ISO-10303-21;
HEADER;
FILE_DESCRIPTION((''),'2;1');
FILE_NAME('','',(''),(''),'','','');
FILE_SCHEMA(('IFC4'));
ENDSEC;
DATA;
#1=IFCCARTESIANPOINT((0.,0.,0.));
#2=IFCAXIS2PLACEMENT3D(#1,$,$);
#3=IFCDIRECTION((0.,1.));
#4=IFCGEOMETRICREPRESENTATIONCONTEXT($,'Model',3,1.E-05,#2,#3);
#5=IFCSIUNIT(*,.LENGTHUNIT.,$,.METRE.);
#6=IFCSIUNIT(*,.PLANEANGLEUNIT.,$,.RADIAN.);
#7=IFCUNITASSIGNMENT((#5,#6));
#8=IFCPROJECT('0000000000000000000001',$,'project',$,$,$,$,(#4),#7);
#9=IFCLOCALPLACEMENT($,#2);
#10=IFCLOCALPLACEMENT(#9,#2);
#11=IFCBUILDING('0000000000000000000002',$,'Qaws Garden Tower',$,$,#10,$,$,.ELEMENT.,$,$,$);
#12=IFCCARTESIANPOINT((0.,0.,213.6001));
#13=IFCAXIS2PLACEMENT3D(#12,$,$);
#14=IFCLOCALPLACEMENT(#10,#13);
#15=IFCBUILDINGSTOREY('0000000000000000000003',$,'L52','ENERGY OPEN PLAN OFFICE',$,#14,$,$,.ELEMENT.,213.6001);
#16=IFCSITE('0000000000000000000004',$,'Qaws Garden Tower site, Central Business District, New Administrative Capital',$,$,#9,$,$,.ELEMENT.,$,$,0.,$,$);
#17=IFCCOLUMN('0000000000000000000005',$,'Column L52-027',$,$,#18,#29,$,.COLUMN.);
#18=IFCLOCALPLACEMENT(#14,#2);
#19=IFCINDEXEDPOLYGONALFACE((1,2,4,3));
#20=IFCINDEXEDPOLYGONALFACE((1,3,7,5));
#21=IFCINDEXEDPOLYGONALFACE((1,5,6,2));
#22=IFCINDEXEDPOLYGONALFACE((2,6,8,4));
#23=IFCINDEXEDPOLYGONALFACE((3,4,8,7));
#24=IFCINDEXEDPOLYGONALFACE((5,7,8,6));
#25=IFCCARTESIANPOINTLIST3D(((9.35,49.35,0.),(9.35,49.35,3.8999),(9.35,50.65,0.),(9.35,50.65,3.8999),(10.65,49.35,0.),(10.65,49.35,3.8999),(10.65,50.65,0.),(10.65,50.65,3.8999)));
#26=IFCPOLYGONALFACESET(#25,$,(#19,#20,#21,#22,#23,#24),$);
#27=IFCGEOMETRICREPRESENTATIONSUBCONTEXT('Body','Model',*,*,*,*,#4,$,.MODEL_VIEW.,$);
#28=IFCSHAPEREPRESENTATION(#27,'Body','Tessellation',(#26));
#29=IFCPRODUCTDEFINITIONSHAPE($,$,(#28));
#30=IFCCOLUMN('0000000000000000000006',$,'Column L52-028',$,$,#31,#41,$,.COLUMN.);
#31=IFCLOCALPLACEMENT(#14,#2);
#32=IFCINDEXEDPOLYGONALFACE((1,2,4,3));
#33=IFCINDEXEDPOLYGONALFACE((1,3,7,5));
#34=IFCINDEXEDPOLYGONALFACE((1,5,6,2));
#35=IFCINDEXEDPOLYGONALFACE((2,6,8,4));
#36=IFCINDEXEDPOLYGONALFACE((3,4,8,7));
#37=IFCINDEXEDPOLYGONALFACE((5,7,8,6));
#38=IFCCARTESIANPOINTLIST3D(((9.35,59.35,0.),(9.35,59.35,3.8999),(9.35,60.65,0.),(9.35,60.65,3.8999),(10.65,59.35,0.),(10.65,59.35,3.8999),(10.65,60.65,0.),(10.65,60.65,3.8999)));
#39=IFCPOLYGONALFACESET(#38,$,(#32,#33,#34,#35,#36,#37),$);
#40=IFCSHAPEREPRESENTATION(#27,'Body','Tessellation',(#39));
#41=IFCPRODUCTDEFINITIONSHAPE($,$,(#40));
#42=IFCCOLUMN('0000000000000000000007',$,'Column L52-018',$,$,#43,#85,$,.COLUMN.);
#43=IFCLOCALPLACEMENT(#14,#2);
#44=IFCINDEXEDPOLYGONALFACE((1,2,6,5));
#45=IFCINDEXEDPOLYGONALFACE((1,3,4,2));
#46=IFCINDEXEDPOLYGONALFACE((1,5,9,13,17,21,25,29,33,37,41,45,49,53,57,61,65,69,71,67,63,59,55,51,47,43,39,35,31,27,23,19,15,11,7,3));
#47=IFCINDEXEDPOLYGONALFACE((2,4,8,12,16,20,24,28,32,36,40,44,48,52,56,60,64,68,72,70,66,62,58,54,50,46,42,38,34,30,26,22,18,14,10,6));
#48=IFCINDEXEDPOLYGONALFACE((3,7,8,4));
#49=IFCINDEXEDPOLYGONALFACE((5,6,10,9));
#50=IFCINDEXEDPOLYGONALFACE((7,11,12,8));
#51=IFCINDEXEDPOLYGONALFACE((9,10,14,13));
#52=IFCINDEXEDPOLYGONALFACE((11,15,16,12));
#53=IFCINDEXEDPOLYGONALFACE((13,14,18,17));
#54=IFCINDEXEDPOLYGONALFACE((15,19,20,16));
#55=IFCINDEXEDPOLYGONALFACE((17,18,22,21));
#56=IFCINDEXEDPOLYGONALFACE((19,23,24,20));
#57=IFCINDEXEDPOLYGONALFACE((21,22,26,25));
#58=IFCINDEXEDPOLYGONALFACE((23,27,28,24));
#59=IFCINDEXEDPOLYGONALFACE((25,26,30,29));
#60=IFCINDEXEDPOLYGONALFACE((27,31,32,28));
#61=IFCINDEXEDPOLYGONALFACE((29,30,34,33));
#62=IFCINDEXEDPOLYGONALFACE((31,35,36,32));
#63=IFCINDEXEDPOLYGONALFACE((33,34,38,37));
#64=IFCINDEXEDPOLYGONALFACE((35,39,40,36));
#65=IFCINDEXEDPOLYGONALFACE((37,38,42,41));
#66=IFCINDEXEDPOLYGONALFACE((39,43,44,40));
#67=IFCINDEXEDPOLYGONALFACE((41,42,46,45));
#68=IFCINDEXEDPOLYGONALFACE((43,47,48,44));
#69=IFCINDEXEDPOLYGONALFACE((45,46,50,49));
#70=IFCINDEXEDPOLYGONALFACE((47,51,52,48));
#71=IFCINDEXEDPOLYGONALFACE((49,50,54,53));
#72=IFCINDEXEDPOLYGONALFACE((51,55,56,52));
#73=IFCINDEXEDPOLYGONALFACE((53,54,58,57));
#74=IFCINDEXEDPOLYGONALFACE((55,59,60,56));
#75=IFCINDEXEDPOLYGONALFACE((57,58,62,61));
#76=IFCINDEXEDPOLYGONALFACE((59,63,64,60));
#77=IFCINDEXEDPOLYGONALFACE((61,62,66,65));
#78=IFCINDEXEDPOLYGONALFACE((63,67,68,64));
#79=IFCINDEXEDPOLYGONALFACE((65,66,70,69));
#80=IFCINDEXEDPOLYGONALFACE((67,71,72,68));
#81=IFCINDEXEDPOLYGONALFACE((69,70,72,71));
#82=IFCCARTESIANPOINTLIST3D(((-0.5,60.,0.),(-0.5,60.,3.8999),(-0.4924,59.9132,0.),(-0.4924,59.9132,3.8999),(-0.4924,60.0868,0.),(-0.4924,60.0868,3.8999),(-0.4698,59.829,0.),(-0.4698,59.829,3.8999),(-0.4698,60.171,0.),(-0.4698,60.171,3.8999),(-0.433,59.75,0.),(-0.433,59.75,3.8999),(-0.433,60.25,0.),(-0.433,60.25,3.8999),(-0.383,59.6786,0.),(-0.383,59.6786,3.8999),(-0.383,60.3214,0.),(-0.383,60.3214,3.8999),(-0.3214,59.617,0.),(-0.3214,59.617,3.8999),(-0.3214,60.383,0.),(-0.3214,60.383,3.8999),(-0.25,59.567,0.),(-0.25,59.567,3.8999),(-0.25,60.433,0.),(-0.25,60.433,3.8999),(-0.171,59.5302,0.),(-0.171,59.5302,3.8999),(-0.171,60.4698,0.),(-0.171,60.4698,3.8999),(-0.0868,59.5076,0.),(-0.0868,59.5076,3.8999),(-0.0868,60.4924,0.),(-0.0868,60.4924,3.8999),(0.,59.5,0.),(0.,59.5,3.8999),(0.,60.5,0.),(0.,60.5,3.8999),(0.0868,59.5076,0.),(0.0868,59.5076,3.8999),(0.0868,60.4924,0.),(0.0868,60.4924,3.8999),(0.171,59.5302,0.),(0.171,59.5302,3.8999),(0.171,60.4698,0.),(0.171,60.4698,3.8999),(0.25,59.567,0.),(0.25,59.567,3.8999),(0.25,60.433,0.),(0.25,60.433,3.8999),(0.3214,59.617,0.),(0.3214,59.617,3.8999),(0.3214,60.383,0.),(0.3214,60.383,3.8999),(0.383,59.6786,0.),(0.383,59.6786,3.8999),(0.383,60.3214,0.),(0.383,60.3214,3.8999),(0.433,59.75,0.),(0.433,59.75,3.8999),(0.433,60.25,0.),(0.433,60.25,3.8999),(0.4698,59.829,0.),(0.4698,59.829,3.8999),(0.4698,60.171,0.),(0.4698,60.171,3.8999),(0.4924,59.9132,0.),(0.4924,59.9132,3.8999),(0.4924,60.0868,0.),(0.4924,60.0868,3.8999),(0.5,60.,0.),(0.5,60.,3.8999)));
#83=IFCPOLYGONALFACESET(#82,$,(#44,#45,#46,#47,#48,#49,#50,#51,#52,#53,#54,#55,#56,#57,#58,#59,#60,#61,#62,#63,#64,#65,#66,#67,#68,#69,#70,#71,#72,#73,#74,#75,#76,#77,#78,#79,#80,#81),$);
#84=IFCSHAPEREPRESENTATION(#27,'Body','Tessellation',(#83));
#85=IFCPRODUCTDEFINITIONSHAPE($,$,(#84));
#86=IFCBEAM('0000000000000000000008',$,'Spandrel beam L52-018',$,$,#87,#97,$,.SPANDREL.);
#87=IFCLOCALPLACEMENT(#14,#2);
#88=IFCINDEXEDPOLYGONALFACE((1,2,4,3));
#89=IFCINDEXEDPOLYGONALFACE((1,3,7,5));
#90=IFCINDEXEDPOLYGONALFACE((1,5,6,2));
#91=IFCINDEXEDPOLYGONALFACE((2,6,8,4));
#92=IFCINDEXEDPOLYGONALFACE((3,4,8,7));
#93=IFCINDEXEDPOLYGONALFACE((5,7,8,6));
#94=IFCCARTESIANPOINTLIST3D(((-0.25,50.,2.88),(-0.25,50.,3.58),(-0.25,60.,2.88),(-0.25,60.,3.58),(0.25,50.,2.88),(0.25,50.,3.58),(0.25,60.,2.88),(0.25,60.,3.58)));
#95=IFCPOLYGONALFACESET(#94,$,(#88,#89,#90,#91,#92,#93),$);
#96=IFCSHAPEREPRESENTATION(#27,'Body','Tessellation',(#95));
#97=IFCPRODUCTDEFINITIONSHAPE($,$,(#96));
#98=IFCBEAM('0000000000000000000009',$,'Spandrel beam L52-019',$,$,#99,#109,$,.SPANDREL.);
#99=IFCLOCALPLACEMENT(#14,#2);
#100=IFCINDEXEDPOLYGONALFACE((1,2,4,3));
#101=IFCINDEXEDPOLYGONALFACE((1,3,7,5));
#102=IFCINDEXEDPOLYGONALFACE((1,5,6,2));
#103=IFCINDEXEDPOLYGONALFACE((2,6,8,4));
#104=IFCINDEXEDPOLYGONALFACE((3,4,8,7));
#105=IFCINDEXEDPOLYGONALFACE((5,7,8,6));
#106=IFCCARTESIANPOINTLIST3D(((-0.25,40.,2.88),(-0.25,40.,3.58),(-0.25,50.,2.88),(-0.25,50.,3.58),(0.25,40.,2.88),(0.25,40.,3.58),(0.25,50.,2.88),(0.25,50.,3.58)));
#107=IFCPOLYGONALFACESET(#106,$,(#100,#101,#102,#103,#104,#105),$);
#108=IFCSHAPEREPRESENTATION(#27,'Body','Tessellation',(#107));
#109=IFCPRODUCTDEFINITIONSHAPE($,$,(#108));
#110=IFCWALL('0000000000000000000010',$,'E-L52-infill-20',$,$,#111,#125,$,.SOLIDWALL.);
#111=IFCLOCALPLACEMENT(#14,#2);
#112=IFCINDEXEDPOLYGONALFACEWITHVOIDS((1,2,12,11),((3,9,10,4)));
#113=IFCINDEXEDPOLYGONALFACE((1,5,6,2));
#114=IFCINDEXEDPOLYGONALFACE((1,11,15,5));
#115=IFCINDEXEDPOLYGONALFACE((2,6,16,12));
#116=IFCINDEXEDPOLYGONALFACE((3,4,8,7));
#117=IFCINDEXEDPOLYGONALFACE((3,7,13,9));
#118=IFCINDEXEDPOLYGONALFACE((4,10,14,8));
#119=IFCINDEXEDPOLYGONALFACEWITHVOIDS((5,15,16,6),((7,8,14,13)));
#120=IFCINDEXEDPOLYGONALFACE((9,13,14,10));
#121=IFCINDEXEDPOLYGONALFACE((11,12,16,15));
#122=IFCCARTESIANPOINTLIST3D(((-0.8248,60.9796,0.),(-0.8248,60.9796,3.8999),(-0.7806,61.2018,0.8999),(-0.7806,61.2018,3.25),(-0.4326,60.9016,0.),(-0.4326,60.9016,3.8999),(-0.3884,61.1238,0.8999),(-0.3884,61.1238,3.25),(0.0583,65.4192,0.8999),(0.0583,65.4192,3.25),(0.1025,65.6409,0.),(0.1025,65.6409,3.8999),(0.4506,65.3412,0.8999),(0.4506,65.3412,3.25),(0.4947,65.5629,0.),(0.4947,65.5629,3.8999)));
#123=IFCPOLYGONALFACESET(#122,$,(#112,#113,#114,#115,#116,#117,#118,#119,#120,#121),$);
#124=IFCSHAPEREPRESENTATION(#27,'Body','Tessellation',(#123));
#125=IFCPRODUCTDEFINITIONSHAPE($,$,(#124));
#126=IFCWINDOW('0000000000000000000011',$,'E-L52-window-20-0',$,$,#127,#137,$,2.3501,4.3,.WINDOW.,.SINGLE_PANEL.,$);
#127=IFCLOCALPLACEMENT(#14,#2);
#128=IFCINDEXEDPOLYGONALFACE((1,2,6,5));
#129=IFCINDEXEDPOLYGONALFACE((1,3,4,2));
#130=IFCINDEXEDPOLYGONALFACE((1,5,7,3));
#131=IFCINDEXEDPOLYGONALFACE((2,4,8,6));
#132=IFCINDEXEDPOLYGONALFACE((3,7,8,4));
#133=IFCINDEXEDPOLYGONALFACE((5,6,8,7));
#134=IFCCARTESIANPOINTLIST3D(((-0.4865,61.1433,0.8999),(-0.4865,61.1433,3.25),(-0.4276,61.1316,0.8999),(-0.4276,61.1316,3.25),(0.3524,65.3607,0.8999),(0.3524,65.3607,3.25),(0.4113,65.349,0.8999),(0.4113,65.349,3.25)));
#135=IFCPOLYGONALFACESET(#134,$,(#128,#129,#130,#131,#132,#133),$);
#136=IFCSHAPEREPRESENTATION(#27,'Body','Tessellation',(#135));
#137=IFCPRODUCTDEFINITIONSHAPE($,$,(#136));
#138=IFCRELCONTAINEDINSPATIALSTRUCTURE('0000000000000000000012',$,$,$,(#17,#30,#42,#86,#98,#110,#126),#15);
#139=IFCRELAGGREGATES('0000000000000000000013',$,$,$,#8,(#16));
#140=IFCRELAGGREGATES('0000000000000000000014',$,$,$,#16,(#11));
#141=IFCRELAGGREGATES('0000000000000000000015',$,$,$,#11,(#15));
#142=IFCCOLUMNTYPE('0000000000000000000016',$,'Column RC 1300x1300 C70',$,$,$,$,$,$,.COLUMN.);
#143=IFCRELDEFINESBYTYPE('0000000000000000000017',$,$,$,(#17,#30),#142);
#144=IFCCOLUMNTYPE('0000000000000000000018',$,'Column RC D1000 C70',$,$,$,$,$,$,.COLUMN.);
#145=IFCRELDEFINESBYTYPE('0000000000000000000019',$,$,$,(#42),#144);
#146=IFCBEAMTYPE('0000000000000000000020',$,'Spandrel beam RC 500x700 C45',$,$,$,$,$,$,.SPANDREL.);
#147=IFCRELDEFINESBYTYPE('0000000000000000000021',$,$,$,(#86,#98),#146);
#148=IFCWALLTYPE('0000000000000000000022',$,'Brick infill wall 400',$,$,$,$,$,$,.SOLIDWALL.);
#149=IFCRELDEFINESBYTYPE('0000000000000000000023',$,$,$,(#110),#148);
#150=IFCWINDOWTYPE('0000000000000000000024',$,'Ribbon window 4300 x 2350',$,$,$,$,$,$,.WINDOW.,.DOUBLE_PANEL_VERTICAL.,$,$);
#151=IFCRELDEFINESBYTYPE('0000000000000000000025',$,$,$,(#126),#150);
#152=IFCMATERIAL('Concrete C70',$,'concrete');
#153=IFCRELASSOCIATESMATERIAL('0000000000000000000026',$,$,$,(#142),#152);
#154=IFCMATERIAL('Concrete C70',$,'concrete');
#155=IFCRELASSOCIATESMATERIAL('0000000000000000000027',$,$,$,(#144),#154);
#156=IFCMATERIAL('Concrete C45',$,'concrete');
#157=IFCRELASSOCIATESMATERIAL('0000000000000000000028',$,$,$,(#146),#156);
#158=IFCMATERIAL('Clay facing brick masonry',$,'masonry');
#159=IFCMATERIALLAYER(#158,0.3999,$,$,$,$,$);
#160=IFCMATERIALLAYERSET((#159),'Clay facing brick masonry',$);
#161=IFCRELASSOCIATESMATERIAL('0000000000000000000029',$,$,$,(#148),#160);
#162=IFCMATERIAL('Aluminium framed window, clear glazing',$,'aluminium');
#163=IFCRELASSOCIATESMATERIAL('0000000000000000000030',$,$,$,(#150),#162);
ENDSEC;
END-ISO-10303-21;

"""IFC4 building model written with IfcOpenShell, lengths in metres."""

from ifc_helpers import new_model, si_unit, direction, frame, frame_2d, origin, origin_2d, place, context, subcontext, project, spatial, rectangle, circle, extrude, material, layer, layer_set, material_profile, profile_set, type_object, element, fill, save


model = new_model("IFC4")

# Units and contexts
model_context = context("Model", 3, precision=1e-05, world=origin(), true_north=direction((0.0, 1.0)))
body_context = subcontext(model_context, "Body", "Model", "MODEL_VIEW")
ifc_project = project(units=[si_unit("LENGTHUNIT", "METRE"), si_unit("PLANEANGLEUNIT", "RADIAN")], contexts=[model_context])

# Site, building, storey
site_placement = place(None, origin())
site = spatial("IfcSite", under=ifc_project, at=site_placement, Name="Qaws Garden Tower site, Central Business District, New Administrative Capital", CompositionType="ELEMENT", RefElevation=0.0)
building_placement = place(site_placement, origin())
building = spatial("IfcBuilding", under=site, at=building_placement, Name="Qaws Garden Tower", CompositionType="ELEMENT")
storey_placement = place(building_placement, frame((0.0, 0.0, 213.6001)))
storey = spatial("IfcBuildingStorey", under=building, at=storey_placement, Name="L52", Description="ENERGY OPEN PLAN OFFICE", CompositionType="ELEMENT", Elevation=213.6001)

# Columns
ifc_material_1 = material(Name="Concrete C70", Category="concrete")
ifc_material_profile_1 = material_profile(ifc_material_1, rectangle(XDim=1.3, YDim=1.3, at=origin_2d()), Name="RC 1300x1300")
ifc_profile_set_1 = profile_set([ifc_material_profile_1], Name="Concrete C70")
column_type_1 = type_object("IfcColumnType", Name="Column RC 1300x1300 C70", PredefinedType="COLUMN", material=ifc_profile_set_1)
for number, where, z_axis, x_axis, name in (
    (1, (10.0, 50.0, 0.0), (0.0, 0.0, 1.0), (1.0, 0.0, 0.0), "Column L52-027"),
    (2, (10.0, 60.0, 0.0), (0.0, 0.0, 1.0), (1.0, 0.0, 0.0), "Column L52-028"),
):
    element("IfcColumn", number, at=place(storey_placement, frame(where, z_axis=z_axis, x_axis=x_axis)), inside=storey, type_object=column_type_1, Name=name, PredefinedType="COLUMN", context=body_context, shape_type="SweptSolid", body=[
        extrude(rectangle(XDim=1.3, YDim=1.3, at=origin_2d()), origin(), (0.0, 0.0, 1.0), 3.8999),
    ])
ifc_material_2 = material(Name="Concrete C70", Category="concrete")
ifc_material_profile_2 = material_profile(ifc_material_2, circle(Radius=0.5, at=origin_2d()), Name="RC D1000")
ifc_profile_set_2 = profile_set([ifc_material_profile_2], Name="Concrete C70")
column_type_2 = type_object("IfcColumnType", Name="Column RC D1000 C70", PredefinedType="COLUMN", material=ifc_profile_set_2)
column_placement = place(storey_placement, frame((0.0, 60.0, 0.0), z_axis=(0.0, 0.0, 1.0), x_axis=(1.0, 0.0, 0.0)))
element("IfcColumn", 3, at=column_placement, inside=storey, type_object=column_type_2, Name="Column L52-018", PredefinedType="COLUMN", context=body_context, shape_type="SweptSolid", body=[
    extrude(circle(Radius=0.5, at=origin_2d()), origin(), (0.0, 0.0, 1.0), 3.8999),
])

# Beams
ifc_material_3 = material(Name="Concrete C45", Category="concrete")
ifc_material_profile_3 = material_profile(ifc_material_3, rectangle(XDim=0.5, YDim=0.7, at=origin_2d()), Name="RC 500x700")
ifc_profile_set_3 = profile_set([ifc_material_profile_3], Name="Concrete C45")
beam_type = type_object("IfcBeamType", Name="Spandrel beam RC 500x700 C45", PredefinedType="SPANDREL", material=ifc_profile_set_3)
for number, where, z_axis, x_axis, name in (
    (4, (0.0, 60.0, 3.23), (0.0, -1.0, 0.0), (1.0, 0.0, 0.0), "Spandrel beam L52-018"),
    (5, (0.0, 50.0, 3.23), (0.0, -1.0, 0.0), (1.0, 0.0, 0.0), "Spandrel beam L52-019"),
):
    element("IfcBeam", number, at=place(storey_placement, frame(where, z_axis=z_axis, x_axis=x_axis)), inside=storey, type_object=beam_type, Name=name, PredefinedType="SPANDREL", context=body_context, shape_type="SweptSolid", body=[
        extrude(rectangle(XDim=0.5, YDim=0.7, at=origin_2d()), origin(), (0.0, 0.0, 1.0), 10.0),
    ])

# Wall, opening, window
ifc_material_4 = material(Name="Clay facing brick masonry", Category="masonry")
ifc_layer_1 = layer(ifc_material_4, 0.3999)
ifc_layer_set_1 = layer_set([ifc_layer_1], Name="Clay facing brick masonry")
wall_type_1 = type_object("IfcWallType", Name="Brick infill wall 400", PredefinedType="SOLIDWALL", material=ifc_layer_set_1)
wall_1_placement = place(storey_placement, frame((0.2986, 65.6021, 0.0), z_axis=(0.0, 0.0, 1.0), x_axis=(-0.195099, -0.980784, 0.0)))
wall_1 = element("IfcWall", 6, at=wall_1_placement, inside=storey, type_object=wall_type_1, Name="E-L52-infill-20", PredefinedType="SOLIDWALL", context=body_context, shape_type="SweptSolid", body=[
    extrude(rectangle(XDim=4.7527, YDim=0.3999, at=frame_2d((2.3765, 0.0))), origin(), (0.0, 0.0, 1.0), 3.8999),
])
opening_1_placement = place(wall_1_placement, frame((0.2263, 0.0, 0.8999)))
opening_1 = element("IfcOpeningElement", 7, at=opening_1_placement, cuts=wall_1, PredefinedType="OPENING", context=body_context, shape_type="SweptSolid", body=[
    extrude(rectangle(XDim=4.3, YDim=2.3501, at=frame_2d((2.1499, 1.175))), frame((0.0, 0.21, 0.0), z_axis=(0.0, -1.0, 0.0), x_axis=(1.0, 0.0, 0.0)), (0.0, 0.0, 1.0), 0.4199),
])
ifc_material_5 = material(Name="Aluminium framed window, clear glazing", Category="aluminium")
window_type_1 = type_object("IfcWindowType", Name="Ribbon window 4300 x 2350", PartitioningType="DOUBLE_PANEL_VERTICAL", PredefinedType="WINDOW", material=ifc_material_5)
window_1_placement = place(opening_1_placement, origin())
window_1 = element("IfcWindow", 8, at=window_1_placement, inside=storey, type_object=window_type_1, Name="E-L52-window-20-0", OverallHeight=2.3501, OverallWidth=4.3, PartitioningType="SINGLE_PANEL", PredefinedType="WINDOW", context=body_context, shape_type="SweptSolid", body=[
    extrude(rectangle(XDim=4.3, YDim=2.3501, at=frame_2d((2.1499, 1.175))), frame((0.0, 0.1599, 0.0), z_axis=(0.0, -1.0, 0.0), x_axis=(1.0, 0.0, 0.0)), (0.0, 0.0, 1.0), 0.0601),
])
fill(opening_1, window_1)

save(model, "model.ifc")
